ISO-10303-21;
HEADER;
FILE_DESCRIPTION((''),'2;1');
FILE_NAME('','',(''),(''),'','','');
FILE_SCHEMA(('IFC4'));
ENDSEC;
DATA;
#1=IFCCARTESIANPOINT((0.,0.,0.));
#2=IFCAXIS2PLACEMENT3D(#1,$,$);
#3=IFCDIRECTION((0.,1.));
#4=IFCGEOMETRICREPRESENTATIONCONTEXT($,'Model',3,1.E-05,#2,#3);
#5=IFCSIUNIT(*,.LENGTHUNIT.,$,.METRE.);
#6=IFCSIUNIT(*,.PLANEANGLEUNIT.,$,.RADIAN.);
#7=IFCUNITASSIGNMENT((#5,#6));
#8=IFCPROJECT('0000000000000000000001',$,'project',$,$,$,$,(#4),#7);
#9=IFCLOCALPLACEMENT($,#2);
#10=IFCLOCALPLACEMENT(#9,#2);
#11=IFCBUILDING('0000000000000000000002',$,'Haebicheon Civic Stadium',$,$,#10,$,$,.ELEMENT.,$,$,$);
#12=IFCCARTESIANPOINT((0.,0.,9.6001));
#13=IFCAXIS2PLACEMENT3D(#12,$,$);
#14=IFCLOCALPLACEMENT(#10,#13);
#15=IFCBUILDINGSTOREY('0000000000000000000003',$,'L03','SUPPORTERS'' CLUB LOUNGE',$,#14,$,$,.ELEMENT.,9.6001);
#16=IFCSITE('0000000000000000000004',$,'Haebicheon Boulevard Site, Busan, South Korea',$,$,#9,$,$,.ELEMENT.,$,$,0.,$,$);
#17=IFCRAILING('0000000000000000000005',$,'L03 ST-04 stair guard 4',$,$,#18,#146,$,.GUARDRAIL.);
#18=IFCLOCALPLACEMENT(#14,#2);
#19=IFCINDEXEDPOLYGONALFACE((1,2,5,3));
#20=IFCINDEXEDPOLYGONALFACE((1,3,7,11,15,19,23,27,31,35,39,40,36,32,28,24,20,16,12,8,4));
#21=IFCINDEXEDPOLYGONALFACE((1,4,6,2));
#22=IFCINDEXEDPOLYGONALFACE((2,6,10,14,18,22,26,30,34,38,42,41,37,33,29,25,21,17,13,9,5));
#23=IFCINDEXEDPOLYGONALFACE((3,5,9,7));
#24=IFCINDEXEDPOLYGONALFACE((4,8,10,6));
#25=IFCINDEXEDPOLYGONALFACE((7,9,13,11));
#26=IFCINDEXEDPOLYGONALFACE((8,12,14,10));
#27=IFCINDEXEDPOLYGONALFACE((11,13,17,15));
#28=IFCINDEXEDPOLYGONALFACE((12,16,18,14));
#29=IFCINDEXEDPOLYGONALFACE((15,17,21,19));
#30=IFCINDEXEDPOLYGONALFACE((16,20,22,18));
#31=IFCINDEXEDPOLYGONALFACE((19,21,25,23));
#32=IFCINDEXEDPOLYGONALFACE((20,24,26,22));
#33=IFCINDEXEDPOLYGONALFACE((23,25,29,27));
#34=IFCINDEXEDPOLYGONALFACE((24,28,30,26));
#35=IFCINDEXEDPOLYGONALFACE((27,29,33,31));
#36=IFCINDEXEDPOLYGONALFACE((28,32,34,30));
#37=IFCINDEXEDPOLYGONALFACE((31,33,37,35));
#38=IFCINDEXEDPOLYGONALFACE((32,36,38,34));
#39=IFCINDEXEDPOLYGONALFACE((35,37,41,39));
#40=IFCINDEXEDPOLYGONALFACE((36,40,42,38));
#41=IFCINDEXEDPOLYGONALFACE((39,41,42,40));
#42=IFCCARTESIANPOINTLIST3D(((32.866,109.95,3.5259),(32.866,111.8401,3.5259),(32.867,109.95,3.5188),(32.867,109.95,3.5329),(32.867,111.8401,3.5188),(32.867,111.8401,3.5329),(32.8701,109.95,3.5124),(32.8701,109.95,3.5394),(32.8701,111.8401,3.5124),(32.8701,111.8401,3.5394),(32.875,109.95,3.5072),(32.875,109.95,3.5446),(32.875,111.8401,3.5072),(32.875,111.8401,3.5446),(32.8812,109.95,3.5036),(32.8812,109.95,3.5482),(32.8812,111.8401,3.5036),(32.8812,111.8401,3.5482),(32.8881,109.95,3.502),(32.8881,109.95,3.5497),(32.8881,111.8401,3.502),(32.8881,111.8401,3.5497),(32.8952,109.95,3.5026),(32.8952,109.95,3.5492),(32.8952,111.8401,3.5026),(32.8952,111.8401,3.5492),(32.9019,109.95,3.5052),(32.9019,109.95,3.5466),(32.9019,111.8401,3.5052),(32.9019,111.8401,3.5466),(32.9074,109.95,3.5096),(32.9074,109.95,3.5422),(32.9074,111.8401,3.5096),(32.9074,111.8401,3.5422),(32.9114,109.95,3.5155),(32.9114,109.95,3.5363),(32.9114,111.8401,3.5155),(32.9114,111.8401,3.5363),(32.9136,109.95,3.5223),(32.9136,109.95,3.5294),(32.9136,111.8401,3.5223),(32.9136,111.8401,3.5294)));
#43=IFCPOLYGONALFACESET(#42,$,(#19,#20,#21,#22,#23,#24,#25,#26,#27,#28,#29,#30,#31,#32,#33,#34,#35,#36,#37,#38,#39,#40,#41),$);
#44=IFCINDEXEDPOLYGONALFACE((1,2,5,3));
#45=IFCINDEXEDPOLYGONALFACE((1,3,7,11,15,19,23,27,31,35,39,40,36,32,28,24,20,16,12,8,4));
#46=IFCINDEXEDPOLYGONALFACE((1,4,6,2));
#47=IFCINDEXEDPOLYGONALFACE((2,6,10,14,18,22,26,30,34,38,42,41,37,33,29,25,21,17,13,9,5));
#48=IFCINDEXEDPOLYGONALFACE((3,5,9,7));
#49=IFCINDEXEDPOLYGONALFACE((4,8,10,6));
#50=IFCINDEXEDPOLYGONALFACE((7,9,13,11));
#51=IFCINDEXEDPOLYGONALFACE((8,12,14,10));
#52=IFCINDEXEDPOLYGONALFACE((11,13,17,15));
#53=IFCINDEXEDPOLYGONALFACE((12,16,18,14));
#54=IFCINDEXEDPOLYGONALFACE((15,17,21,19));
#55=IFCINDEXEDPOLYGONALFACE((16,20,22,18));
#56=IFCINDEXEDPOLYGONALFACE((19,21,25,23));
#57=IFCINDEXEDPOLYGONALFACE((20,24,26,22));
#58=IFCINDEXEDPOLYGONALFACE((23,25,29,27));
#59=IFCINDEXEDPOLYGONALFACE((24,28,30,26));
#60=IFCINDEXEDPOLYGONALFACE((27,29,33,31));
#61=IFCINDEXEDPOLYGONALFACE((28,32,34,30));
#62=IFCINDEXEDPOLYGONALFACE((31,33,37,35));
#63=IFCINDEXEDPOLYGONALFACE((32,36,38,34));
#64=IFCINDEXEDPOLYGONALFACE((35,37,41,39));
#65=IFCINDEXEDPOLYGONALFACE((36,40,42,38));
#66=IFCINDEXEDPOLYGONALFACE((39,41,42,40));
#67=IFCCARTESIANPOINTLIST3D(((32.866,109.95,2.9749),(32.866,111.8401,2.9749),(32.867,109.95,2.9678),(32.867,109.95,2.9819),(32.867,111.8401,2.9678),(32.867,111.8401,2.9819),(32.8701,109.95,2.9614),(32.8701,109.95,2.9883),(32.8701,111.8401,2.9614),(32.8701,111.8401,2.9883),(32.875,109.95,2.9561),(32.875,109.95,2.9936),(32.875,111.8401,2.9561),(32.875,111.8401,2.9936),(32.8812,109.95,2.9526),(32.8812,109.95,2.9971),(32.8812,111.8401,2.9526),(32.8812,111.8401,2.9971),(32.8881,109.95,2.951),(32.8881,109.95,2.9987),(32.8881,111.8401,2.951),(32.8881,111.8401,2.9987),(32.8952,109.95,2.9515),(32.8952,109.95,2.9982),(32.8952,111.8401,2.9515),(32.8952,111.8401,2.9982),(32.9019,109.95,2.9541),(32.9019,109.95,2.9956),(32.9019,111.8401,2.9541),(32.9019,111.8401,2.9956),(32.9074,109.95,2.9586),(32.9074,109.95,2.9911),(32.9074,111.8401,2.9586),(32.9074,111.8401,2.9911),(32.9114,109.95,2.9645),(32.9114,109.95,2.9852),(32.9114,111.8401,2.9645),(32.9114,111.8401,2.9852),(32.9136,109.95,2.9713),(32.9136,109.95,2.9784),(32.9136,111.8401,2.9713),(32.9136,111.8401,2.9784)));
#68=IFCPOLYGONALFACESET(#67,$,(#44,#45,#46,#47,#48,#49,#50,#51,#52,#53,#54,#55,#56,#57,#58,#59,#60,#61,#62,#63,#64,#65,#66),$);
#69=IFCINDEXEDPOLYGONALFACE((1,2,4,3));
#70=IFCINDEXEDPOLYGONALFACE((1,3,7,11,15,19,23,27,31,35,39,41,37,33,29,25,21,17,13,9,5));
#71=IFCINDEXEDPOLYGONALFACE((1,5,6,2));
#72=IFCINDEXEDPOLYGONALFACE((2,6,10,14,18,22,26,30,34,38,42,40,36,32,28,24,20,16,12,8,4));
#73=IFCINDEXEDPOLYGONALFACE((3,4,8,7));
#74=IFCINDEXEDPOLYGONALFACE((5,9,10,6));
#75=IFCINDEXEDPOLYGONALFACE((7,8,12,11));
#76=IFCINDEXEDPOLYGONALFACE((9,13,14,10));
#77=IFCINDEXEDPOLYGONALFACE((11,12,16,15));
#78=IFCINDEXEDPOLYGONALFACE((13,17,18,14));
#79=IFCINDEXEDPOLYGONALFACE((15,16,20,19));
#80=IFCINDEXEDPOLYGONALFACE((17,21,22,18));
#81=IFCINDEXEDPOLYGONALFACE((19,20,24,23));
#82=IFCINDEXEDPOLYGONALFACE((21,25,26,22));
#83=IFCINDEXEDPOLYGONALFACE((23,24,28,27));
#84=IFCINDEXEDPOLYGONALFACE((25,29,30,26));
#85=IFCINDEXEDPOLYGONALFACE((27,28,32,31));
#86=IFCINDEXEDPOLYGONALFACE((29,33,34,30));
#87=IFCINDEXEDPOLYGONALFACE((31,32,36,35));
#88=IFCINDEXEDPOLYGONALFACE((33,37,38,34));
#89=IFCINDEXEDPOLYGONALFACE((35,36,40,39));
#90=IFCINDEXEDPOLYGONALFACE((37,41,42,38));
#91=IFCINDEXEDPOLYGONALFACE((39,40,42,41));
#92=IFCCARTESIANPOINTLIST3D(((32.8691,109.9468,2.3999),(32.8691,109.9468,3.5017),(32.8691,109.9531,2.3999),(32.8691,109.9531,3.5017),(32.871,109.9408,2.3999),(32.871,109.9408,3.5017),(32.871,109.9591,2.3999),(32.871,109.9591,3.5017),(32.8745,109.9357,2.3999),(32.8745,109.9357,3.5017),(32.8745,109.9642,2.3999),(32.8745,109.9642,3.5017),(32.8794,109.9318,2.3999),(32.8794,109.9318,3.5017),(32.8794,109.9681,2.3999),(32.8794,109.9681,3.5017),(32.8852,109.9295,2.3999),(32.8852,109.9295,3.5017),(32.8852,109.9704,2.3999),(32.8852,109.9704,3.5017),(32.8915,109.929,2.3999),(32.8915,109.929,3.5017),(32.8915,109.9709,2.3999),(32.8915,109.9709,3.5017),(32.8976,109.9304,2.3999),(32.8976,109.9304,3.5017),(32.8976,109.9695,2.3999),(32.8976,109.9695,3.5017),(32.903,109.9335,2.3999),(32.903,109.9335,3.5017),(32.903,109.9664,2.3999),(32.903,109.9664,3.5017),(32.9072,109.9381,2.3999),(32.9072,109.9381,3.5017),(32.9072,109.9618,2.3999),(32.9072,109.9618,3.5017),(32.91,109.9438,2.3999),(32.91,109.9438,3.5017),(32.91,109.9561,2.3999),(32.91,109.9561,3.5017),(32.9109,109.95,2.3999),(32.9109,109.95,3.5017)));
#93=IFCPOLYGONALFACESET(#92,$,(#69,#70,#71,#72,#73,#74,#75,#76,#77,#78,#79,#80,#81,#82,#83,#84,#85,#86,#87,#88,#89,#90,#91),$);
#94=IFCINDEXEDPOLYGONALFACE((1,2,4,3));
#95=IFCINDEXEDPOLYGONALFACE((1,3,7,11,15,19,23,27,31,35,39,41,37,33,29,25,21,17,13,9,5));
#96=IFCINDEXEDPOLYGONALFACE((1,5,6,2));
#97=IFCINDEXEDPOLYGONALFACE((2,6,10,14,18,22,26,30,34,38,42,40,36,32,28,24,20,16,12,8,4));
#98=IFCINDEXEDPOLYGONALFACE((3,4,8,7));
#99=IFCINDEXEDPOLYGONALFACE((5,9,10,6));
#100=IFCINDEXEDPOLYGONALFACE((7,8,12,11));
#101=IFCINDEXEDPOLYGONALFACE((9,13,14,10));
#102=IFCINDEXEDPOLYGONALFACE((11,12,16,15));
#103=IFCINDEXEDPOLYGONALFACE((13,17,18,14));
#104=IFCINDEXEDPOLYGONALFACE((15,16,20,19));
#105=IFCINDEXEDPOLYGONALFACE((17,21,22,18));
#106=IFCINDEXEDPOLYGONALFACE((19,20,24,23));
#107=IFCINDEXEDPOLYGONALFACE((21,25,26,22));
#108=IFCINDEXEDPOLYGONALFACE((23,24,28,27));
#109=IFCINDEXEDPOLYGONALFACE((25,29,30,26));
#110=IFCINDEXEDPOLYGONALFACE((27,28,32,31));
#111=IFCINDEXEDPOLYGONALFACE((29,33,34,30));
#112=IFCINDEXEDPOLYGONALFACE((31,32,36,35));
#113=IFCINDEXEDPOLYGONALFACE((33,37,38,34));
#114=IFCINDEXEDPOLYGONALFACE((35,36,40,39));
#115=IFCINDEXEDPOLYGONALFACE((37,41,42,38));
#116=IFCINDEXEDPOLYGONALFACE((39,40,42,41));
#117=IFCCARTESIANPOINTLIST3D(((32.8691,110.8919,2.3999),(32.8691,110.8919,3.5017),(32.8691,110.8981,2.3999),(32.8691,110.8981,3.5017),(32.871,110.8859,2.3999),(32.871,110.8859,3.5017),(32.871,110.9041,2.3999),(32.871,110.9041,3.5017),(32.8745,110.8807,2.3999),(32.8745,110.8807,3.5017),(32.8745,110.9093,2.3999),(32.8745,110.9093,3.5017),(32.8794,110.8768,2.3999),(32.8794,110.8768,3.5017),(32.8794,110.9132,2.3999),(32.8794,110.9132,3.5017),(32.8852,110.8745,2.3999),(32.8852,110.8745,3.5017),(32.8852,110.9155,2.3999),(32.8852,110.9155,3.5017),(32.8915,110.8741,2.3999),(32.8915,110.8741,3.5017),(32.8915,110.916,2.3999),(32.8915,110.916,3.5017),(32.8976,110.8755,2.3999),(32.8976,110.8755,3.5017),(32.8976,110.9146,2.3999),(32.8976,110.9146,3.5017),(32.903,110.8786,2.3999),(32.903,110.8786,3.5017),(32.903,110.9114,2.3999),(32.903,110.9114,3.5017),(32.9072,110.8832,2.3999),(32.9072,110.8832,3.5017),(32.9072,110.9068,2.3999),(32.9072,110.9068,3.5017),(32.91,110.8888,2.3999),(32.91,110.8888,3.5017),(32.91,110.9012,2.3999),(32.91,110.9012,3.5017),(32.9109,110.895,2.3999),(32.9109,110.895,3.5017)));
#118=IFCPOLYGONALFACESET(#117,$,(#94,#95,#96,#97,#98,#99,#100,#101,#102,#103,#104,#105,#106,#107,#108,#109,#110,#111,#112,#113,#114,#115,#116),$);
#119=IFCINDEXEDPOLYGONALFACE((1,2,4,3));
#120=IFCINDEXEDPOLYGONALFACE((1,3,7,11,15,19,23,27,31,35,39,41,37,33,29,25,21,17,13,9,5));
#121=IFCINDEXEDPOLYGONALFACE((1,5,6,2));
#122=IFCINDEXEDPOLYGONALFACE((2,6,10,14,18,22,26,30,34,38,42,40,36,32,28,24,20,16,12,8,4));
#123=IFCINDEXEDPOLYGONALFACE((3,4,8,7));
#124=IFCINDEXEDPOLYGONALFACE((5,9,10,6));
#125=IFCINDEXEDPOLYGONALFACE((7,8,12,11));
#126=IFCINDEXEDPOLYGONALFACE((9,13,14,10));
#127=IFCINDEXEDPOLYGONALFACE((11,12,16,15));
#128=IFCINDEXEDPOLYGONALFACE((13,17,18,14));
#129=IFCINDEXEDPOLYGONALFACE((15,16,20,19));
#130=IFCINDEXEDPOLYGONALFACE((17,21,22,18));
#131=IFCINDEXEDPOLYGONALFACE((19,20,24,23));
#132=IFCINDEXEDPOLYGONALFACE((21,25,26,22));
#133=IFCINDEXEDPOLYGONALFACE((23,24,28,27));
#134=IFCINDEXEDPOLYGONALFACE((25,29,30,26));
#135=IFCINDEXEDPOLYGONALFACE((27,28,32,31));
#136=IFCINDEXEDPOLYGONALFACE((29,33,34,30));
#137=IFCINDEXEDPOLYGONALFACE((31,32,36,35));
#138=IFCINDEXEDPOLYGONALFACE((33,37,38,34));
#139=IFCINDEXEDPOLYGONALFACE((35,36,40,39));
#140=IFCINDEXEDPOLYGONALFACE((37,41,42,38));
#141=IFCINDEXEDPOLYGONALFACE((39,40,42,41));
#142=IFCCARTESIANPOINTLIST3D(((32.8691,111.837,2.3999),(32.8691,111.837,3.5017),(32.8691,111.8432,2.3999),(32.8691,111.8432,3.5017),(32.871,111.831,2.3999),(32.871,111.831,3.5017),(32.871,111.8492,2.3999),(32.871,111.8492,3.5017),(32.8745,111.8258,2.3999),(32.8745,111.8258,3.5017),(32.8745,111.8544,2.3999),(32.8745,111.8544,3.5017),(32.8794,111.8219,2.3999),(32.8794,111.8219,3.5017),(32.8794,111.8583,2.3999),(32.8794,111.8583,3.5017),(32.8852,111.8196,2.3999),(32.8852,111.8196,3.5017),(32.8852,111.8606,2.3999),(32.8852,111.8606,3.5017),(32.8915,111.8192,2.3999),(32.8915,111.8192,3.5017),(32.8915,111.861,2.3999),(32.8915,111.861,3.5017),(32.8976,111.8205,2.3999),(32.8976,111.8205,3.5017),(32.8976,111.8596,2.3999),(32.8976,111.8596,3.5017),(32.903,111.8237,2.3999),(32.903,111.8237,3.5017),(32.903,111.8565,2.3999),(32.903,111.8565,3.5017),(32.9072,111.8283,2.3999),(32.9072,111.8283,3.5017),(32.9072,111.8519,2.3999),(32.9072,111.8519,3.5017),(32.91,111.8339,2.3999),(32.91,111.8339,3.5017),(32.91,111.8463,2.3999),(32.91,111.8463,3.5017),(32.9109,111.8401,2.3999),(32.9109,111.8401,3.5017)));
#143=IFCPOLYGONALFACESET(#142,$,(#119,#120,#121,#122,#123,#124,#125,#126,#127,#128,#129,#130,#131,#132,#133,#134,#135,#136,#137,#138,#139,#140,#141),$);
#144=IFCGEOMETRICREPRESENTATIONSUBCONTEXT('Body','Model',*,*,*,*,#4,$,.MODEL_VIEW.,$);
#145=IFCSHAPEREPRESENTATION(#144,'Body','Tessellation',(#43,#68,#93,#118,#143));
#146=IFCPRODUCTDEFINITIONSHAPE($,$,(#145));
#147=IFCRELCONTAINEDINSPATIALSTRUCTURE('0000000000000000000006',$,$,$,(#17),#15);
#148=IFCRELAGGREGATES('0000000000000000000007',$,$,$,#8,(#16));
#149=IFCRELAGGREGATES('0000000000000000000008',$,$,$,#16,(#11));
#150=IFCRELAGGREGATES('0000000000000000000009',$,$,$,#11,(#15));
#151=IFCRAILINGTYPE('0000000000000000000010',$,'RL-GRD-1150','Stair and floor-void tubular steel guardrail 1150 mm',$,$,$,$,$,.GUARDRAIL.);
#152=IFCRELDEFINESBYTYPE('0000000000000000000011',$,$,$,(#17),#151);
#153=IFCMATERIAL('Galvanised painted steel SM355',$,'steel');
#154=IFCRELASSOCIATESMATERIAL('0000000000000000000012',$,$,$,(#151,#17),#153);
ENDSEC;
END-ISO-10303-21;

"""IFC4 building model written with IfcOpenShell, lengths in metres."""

from ifc_helpers import new_model, si_unit, direction, frame, origin, origin_2d, place, context, subcontext, project, spatial, circle, extrude, material, type_object, element, save


model = new_model("IFC4")

# Units and contexts
model_context = context("Model", 3, precision=1e-05, world=origin(), true_north=direction((0.0, 1.0)))
body_context = subcontext(model_context, "Body", "Model", "MODEL_VIEW")
ifc_project = project(units=[si_unit("LENGTHUNIT", "METRE"), si_unit("PLANEANGLEUNIT", "RADIAN")], contexts=[model_context])

# Site, building, storey
site_placement = place(None, origin())
site = spatial("IfcSite", under=ifc_project, at=site_placement, Name="Haebicheon Boulevard Site, Busan, South Korea", CompositionType="ELEMENT", RefElevation=0.0)
building_placement = place(site_placement, origin())
building = spatial("IfcBuilding", under=site, at=building_placement, Name="Haebicheon Civic Stadium", CompositionType="ELEMENT")
storey_placement = place(building_placement, frame((0.0, 0.0, 9.6001)))
storey = spatial("IfcBuildingStorey", under=building, at=storey_placement, Name="L03", Description="SUPPORTERS' CLUB LOUNGE", CompositionType="ELEMENT", Elevation=9.6001)

# Railing
ifc_material_1 = material(Name="Galvanised painted steel SM355", Category="steel")
railing_type_1 = type_object("IfcRailingType", Name="RL-GRD-1150", Description="Stair and floor-void tubular steel guardrail 1150 mm", PredefinedType="GUARDRAIL", material=ifc_material_1)
for number, where, name in (
    (1, (32.8899, 109.95, 2.3999), "L03 ST-04 stair guard 4"),
):
    element("IfcRailing", number, at=place(storey_placement, frame(where)), inside=storey, type_object=railing_type_1, material=ifc_material_1, Name=name, PredefinedType="GUARDRAIL", context=body_context, shape_type="SweptSolid", body=[
        extrude(circle(Radius=0.0239, at=origin_2d()), frame((0.0, 0.0, 1.126), z_axis=(0.0, 1.0, 0.0), x_axis=(-1.0, 0.0, 0.0)), (0.0, 0.0, 1.0), 1.8901),
        extrude(circle(Radius=0.0239, at=origin_2d()), frame((0.0, 0.0, 0.575), z_axis=(0.0, 1.0, 0.0), x_axis=(-1.0, 0.0, 0.0)), (0.0, 0.0, 1.0), 1.8901),
        extrude(circle(Radius=0.021, at=origin_2d()), origin(), (0.0, 0.0, 1.0), 1.1018),
        extrude(circle(Radius=0.021, at=origin_2d()), frame((0.0, 0.9451, 0.0)), (0.0, 0.0, 1.0), 1.1018),
        extrude(circle(Radius=0.021, at=origin_2d()), frame((0.0, 1.8901, 0.0)), (0.0, 0.0, 1.0), 1.1018),
    ])

save(model, "model.ifc")
